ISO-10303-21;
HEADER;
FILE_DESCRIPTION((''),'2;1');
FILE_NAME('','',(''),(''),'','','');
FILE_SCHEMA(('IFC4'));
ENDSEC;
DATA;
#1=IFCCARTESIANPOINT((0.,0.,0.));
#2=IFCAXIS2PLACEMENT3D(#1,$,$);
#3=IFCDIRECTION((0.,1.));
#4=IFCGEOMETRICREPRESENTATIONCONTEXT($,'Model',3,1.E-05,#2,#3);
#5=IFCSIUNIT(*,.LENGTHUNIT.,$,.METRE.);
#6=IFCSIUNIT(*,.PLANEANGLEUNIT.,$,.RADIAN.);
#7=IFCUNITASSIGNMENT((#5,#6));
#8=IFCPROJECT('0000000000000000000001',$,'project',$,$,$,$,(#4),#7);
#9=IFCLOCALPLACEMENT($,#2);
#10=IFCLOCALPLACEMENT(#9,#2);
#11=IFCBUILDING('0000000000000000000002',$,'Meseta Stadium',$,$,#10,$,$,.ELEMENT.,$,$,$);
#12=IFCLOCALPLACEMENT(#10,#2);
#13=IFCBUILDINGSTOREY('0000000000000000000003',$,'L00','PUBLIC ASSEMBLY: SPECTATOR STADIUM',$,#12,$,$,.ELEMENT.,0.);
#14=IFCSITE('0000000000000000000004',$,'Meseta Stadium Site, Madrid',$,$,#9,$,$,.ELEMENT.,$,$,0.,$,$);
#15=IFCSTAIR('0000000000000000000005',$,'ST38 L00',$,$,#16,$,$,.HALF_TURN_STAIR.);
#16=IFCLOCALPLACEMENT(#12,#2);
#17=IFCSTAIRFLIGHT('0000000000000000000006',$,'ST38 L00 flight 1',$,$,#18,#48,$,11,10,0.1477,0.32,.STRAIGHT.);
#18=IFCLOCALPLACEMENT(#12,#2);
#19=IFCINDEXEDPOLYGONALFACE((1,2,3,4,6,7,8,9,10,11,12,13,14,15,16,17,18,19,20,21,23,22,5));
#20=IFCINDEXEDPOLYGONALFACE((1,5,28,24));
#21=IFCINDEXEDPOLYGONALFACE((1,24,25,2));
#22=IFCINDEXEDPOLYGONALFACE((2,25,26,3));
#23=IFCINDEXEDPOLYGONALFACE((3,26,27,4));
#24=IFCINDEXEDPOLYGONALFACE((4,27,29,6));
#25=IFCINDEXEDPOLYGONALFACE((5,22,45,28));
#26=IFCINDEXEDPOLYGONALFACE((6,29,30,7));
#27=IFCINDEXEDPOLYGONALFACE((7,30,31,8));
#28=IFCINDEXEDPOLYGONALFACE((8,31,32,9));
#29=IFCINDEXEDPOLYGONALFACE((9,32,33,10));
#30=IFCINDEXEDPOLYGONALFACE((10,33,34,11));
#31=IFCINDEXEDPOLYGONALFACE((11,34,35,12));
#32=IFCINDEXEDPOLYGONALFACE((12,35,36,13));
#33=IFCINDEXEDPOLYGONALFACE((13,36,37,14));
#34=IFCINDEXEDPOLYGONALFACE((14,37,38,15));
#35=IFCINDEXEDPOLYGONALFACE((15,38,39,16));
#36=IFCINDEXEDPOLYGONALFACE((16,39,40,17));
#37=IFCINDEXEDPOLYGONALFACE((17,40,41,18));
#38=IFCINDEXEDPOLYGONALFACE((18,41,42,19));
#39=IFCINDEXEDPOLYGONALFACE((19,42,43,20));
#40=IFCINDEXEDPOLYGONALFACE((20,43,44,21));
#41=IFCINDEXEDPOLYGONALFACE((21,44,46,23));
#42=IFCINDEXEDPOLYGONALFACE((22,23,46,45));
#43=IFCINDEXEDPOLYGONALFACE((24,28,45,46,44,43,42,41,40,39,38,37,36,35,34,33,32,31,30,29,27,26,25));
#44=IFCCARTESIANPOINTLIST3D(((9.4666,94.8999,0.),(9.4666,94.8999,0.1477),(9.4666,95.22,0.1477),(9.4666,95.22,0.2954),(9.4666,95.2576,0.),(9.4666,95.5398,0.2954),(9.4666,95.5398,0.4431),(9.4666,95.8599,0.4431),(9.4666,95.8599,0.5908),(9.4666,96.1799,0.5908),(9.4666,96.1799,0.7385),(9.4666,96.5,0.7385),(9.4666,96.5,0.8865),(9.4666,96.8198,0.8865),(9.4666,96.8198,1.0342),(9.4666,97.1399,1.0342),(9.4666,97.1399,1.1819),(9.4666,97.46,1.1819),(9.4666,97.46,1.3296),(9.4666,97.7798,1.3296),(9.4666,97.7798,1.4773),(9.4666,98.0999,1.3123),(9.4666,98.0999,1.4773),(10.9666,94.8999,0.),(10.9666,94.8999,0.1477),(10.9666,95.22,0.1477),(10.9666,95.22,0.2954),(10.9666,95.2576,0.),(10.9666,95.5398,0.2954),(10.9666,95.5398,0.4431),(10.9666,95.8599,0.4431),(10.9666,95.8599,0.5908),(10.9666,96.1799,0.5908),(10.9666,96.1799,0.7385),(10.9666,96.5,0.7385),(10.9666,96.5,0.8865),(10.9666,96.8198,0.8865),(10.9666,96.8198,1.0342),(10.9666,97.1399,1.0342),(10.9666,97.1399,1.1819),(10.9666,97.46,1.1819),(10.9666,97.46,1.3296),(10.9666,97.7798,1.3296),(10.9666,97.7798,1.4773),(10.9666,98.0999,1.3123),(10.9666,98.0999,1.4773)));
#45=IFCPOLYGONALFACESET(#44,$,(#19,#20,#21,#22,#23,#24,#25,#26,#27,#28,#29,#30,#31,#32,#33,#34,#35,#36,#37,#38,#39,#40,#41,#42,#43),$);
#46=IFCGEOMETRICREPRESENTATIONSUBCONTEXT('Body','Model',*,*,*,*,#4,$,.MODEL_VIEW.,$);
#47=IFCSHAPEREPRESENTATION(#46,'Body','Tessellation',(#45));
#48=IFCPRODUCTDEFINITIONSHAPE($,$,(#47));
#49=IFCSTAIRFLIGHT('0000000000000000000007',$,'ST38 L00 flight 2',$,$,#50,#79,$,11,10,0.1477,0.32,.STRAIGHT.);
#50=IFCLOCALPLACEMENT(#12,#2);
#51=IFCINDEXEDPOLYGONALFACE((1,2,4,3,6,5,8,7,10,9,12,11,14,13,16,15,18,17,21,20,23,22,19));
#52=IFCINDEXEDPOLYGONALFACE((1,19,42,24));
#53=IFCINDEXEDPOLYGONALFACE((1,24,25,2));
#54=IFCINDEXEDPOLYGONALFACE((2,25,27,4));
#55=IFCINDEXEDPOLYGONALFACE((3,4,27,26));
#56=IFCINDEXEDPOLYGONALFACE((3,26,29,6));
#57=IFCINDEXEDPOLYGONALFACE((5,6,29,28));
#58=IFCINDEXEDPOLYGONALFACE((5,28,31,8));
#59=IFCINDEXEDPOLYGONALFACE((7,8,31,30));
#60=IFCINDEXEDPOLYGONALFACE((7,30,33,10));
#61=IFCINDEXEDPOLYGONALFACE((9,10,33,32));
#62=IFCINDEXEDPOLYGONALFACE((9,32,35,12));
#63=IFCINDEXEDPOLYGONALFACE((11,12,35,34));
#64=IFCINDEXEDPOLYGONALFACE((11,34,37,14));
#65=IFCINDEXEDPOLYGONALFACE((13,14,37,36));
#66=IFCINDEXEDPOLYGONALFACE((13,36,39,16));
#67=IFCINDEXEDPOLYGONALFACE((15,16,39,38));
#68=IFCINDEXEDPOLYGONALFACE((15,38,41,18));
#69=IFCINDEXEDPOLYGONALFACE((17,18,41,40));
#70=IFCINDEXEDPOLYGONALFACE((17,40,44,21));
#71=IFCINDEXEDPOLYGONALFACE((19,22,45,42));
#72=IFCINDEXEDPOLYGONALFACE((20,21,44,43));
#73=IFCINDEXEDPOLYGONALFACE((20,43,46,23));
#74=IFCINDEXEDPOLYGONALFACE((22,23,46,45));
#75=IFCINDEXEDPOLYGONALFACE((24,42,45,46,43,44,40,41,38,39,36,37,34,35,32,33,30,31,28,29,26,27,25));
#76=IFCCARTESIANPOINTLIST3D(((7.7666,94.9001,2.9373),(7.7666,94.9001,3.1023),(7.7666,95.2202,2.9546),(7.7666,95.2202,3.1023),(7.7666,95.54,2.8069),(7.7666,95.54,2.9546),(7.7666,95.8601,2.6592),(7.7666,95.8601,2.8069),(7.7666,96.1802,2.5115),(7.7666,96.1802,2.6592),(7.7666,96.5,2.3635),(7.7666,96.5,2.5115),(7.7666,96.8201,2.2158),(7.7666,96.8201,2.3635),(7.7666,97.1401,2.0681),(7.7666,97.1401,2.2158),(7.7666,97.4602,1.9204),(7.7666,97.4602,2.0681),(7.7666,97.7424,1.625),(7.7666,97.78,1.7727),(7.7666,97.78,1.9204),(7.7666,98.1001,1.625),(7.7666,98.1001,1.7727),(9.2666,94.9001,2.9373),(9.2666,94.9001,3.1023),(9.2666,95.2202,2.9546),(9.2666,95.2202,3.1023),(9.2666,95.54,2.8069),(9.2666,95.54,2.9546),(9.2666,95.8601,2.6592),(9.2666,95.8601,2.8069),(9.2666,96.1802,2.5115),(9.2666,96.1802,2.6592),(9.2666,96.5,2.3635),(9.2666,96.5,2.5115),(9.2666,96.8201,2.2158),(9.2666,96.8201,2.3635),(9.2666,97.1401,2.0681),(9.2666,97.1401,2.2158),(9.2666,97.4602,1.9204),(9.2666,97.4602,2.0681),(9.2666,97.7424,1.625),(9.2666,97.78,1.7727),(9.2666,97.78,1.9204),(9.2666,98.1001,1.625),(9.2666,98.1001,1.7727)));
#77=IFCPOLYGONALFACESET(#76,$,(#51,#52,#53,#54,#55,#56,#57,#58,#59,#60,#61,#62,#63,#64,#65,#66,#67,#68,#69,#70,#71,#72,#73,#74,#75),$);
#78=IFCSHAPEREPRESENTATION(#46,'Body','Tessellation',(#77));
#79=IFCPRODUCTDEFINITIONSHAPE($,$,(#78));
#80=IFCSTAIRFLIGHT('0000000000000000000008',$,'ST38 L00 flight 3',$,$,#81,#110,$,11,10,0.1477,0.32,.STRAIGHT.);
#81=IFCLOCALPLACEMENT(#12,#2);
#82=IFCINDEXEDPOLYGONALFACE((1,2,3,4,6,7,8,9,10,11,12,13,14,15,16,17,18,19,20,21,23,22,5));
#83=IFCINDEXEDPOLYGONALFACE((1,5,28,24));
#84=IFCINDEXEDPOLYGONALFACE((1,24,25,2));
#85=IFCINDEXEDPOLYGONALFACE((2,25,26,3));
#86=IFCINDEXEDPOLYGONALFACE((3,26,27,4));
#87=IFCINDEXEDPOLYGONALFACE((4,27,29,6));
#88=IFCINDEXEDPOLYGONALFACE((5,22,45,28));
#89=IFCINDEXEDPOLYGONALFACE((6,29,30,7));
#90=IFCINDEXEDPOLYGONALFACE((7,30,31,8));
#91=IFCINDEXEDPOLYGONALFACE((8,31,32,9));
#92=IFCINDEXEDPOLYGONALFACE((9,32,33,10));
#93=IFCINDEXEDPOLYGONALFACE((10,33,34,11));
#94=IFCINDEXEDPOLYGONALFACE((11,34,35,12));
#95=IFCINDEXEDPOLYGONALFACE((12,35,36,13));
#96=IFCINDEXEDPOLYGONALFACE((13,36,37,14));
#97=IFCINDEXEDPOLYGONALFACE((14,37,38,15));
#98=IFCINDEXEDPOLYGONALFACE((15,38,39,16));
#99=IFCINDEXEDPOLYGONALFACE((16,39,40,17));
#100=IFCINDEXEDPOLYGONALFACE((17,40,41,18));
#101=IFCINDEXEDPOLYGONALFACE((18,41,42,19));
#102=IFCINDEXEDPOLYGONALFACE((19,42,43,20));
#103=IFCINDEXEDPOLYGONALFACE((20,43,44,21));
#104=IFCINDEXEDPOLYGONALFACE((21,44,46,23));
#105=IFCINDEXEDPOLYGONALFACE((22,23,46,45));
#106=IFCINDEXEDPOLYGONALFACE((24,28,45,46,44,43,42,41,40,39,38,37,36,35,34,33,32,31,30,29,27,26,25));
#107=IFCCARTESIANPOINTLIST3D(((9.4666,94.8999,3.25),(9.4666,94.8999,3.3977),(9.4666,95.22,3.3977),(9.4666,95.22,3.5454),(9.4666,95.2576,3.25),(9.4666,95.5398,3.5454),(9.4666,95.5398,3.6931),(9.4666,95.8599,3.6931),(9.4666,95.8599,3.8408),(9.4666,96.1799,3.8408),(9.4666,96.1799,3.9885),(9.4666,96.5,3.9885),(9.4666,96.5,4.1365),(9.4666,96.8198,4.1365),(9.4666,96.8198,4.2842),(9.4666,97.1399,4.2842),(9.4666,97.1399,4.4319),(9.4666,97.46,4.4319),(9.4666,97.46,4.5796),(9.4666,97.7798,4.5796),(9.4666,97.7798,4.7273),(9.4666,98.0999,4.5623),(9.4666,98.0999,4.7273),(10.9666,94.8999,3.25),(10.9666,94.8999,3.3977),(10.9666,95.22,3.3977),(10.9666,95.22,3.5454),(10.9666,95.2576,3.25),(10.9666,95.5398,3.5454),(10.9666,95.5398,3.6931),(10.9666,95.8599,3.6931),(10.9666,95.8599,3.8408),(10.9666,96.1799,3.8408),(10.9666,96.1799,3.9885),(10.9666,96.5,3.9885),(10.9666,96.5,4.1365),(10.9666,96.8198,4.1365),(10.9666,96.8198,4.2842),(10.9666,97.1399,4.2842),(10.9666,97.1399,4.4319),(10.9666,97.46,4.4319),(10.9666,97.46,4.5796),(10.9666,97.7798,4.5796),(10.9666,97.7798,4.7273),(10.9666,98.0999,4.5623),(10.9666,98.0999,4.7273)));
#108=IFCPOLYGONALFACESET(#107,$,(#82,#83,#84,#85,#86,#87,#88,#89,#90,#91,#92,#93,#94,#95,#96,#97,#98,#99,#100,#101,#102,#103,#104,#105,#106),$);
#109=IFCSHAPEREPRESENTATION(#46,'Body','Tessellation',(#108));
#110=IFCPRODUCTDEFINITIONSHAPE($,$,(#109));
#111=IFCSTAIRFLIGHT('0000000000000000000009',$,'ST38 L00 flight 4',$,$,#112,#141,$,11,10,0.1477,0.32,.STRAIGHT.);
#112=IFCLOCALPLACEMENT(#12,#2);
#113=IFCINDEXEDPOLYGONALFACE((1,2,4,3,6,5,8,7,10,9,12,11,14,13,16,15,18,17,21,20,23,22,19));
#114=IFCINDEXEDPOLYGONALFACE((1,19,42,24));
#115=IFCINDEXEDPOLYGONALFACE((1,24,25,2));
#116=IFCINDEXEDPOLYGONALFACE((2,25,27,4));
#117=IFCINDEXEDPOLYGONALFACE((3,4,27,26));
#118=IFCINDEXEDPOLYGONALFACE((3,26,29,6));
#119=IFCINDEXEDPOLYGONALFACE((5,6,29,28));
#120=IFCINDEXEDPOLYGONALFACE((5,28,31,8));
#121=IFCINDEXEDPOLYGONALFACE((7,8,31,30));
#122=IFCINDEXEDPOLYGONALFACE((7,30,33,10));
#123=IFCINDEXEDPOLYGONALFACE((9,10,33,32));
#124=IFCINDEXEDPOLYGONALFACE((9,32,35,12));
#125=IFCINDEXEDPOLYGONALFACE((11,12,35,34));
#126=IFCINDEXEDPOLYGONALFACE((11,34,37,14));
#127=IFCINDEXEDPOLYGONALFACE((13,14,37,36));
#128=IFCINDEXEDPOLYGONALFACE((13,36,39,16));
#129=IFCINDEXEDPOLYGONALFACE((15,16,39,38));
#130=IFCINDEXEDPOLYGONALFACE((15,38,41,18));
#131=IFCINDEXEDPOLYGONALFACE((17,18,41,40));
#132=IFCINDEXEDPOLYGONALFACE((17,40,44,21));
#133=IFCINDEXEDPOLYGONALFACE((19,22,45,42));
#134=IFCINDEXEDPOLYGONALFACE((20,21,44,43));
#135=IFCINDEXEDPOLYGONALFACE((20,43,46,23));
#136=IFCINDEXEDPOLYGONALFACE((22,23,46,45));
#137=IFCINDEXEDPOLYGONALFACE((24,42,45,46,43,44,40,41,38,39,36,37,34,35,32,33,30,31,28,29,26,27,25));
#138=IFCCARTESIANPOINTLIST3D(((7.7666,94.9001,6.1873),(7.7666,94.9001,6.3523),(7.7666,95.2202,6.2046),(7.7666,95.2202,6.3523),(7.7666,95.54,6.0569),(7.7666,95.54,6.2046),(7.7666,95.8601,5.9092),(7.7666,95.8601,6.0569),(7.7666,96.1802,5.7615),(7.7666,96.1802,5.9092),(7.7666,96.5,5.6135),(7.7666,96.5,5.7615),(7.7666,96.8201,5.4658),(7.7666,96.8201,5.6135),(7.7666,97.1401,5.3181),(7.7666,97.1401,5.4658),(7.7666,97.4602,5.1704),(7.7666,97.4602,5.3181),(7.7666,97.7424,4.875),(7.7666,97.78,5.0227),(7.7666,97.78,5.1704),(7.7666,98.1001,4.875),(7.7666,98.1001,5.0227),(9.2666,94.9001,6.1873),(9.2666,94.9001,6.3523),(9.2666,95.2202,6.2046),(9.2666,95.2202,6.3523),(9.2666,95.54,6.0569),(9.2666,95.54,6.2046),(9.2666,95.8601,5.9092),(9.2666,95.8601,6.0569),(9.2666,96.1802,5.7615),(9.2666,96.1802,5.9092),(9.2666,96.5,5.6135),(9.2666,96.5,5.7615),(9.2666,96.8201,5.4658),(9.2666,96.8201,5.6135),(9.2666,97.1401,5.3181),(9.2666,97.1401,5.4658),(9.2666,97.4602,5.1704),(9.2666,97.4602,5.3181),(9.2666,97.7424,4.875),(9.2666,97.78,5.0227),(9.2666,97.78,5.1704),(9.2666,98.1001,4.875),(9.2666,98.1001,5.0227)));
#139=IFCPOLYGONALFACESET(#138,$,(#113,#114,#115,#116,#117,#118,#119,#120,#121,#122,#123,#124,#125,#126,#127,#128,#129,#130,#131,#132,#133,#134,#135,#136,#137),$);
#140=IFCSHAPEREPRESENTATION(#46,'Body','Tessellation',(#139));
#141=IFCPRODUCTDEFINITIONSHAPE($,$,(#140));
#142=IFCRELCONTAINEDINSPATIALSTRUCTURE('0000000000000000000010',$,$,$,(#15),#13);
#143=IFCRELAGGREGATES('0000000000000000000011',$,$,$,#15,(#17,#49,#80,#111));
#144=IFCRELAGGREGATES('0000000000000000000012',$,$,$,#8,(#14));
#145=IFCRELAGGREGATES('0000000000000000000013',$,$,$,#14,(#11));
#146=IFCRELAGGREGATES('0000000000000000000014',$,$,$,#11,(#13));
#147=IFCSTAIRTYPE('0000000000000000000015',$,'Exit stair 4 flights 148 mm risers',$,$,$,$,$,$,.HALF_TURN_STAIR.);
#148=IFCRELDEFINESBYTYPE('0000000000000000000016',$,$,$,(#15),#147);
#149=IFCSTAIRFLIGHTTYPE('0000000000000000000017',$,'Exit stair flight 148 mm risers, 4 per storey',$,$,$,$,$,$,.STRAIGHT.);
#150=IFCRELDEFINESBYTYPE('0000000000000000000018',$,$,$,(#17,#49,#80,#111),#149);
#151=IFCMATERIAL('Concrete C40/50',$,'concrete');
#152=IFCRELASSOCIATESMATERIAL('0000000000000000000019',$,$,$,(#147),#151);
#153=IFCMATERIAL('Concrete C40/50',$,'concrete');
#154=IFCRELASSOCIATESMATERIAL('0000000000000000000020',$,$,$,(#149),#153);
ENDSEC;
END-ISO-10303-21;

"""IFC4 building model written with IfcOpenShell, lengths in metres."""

from ifc_helpers import new_model, si_unit, direction, frame, origin, place, context, subcontext, project, spatial, polyline, outline, extrude, material, type_object, element, aggregate, save


model = new_model("IFC4")

# Units and contexts
model_context = context("Model", 3, precision=1e-05, world=origin(), true_north=direction((0.0, 1.0)))
body_context = subcontext(model_context, "Body", "Model", "MODEL_VIEW")
ifc_project = project(units=[si_unit("LENGTHUNIT", "METRE"), si_unit("PLANEANGLEUNIT", "RADIAN")], contexts=[model_context])

# Site, building, storey
site_placement = place(None, origin())
site = spatial("IfcSite", under=ifc_project, at=site_placement, Name="Meseta Stadium Site, Madrid", CompositionType="ELEMENT", RefElevation=0.0)
building_placement = place(site_placement, origin())
building = spatial("IfcBuilding", under=site, at=building_placement, Name="Meseta Stadium", CompositionType="ELEMENT")
storey_placement = place(building_placement, origin())
storey = spatial("IfcBuildingStorey", under=building, at=storey_placement, Name="L00", Description="PUBLIC ASSEMBLY: SPECTATOR STADIUM", CompositionType="ELEMENT", Elevation=0.0)

# Stair, stair flights
ifc_material_1 = material(Name="Concrete C40/50", Category="concrete")
stair_type = type_object("IfcStairType", Name="Exit stair 4 flights 148 mm risers", PredefinedType="HALF_TURN_STAIR", material=ifc_material_1)
ifc_material_2 = material(Name="Concrete C40/50", Category="concrete")
stair_flight_type = type_object("IfcStairFlightType", Name="Exit stair flight 148 mm risers, 4 per storey", PredefinedType="STRAIGHT", material=ifc_material_2)
stair_1_placement = place(storey_placement, origin())
stair_1 = element("IfcStair", 1, at=stair_1_placement, inside=storey, type_object=stair_type, Name="ST38 L00", PredefinedType="HALF_TURN_STAIR")
stair_flight_1_placement = place(storey_placement, frame((10.2166, 94.8999, 0.0), z_axis=(0.0, 0.0, 1.0), x_axis=(0.0, 1.0, 0.0)))
stair_flight_1 = element("IfcStairFlight", 2, at=stair_flight_1_placement, type_object=stair_flight_type, Name="ST38 L00 flight 1", NumberOfRisers=11, NumberOfTreads=10, PredefinedType="STRAIGHT", RiserHeight=0.1477, TreadLength=0.32, context=body_context, shape_type="SweptSolid", body=[
    extrude(outline(polyline([(0.0, 0.0), (0.0, 0.1477), (0.3201, 0.1477), (0.3201, 0.2954), (0.6399, 0.2954), (0.6399, 0.4431), (0.96, 0.4431), (0.96, 0.5908), (1.28, 0.5908), (1.28, 0.7385), (1.6001, 0.7385), (1.6001, 0.8865), (1.9199, 0.8865), (1.9199, 1.0342), (2.24, 1.0342), (2.24, 1.1819), (2.5601, 1.1819), (2.5601, 1.3296), (2.8799, 1.3296), (2.8799, 1.4773), (3.2, 1.4773), (3.2, 1.3123), (0.3577, 0.0), (0.0, 0.0)])), frame((0.0, 0.75, 0.0), z_axis=(0.0, -1.0, 0.0), x_axis=(1.0, 0.0, 0.0)), (0.0, 0.0, 1.0), 1.5),
])
stair_flight_2_placement = place(storey_placement, frame((8.5166, 98.1001, 1.625), z_axis=(0.0, 0.0, 1.0), x_axis=(0.0, -1.0, 0.0)))
stair_flight_2 = element("IfcStairFlight", 3, at=stair_flight_2_placement, type_object=stair_flight_type, Name="ST38 L00 flight 2", NumberOfRisers=11, NumberOfTreads=10, PredefinedType="STRAIGHT", RiserHeight=0.1477, TreadLength=0.32, context=body_context, shape_type="SweptSolid", body=[
    extrude(outline(polyline([(0.0, 0.0), (0.0, 0.1477), (0.3201, 0.1477), (0.3201, 0.2954), (0.6399, 0.2954), (0.6399, 0.4431), (0.96, 0.4431), (0.96, 0.5908), (1.28, 0.5908), (1.28, 0.7385), (1.6001, 0.7385), (1.6001, 0.8865), (1.9199, 0.8865), (1.9199, 1.0342), (2.24, 1.0342), (2.24, 1.1819), (2.5601, 1.1819), (2.5601, 1.3296), (2.8799, 1.3296), (2.8799, 1.4773), (3.2, 1.4773), (3.2, 1.3123), (0.3577, 0.0), (0.0, 0.0)])), frame((0.0, 0.75, 0.0), z_axis=(0.0, -1.0, 0.0), x_axis=(1.0, 0.0, 0.0)), (0.0, 0.0, 1.0), 1.5),
])
stair_flight_3_placement = place(storey_placement, frame((10.2166, 94.8999, 3.25), z_axis=(0.0, 0.0, 1.0), x_axis=(0.0, 1.0, 0.0)))
stair_flight_3 = element("IfcStairFlight", 4, at=stair_flight_3_placement, type_object=stair_flight_type, Name="ST38 L00 flight 3", NumberOfRisers=11, NumberOfTreads=10, PredefinedType="STRAIGHT", RiserHeight=0.1477, TreadLength=0.32, context=body_context, shape_type="SweptSolid", body=[
    extrude(outline(polyline([(0.0, 0.0), (0.0, 0.1477), (0.3201, 0.1477), (0.3201, 0.2954), (0.6399, 0.2954), (0.6399, 0.4431), (0.96, 0.4431), (0.96, 0.5908), (1.28, 0.5908), (1.28, 0.7385), (1.6001, 0.7385), (1.6001, 0.8865), (1.9199, 0.8865), (1.9199, 1.0342), (2.24, 1.0342), (2.24, 1.1819), (2.5601, 1.1819), (2.5601, 1.3296), (2.8799, 1.3296), (2.8799, 1.4773), (3.2, 1.4773), (3.2, 1.3123), (0.3577, 0.0), (0.0, 0.0)])), frame((0.0, 0.75, 0.0), z_axis=(0.0, -1.0, 0.0), x_axis=(1.0, 0.0, 0.0)), (0.0, 0.0, 1.0), 1.5),
])
stair_flight_4_placement = place(storey_placement, frame((8.5166, 98.1001, 4.875), z_axis=(0.0, 0.0, 1.0), x_axis=(0.0, -1.0, 0.0)))
stair_flight_4 = element("IfcStairFlight", 5, at=stair_flight_4_placement, type_object=stair_flight_type, Name="ST38 L00 flight 4", NumberOfRisers=11, NumberOfTreads=10, PredefinedType="STRAIGHT", RiserHeight=0.1477, TreadLength=0.32, context=body_context, shape_type="SweptSolid", body=[
    extrude(outline(polyline([(0.0, 0.0), (0.0, 0.1477), (0.3201, 0.1477), (0.3201, 0.2954), (0.6399, 0.2954), (0.6399, 0.4431), (0.96, 0.4431), (0.96, 0.5908), (1.28, 0.5908), (1.28, 0.7385), (1.6001, 0.7385), (1.6001, 0.8865), (1.9199, 0.8865), (1.9199, 1.0342), (2.24, 1.0342), (2.24, 1.1819), (2.5601, 1.1819), (2.5601, 1.3296), (2.8799, 1.3296), (2.8799, 1.4773), (3.2, 1.4773), (3.2, 1.3123), (0.3577, 0.0), (0.0, 0.0)])), frame((0.0, 0.75, 0.0), z_axis=(0.0, -1.0, 0.0), x_axis=(1.0, 0.0, 0.0)), (0.0, 0.0, 1.0), 1.5),
])
aggregate(stair_1, [stair_flight_1, stair_flight_2, stair_flight_3, stair_flight_4])

save(model, "model.ifc")
